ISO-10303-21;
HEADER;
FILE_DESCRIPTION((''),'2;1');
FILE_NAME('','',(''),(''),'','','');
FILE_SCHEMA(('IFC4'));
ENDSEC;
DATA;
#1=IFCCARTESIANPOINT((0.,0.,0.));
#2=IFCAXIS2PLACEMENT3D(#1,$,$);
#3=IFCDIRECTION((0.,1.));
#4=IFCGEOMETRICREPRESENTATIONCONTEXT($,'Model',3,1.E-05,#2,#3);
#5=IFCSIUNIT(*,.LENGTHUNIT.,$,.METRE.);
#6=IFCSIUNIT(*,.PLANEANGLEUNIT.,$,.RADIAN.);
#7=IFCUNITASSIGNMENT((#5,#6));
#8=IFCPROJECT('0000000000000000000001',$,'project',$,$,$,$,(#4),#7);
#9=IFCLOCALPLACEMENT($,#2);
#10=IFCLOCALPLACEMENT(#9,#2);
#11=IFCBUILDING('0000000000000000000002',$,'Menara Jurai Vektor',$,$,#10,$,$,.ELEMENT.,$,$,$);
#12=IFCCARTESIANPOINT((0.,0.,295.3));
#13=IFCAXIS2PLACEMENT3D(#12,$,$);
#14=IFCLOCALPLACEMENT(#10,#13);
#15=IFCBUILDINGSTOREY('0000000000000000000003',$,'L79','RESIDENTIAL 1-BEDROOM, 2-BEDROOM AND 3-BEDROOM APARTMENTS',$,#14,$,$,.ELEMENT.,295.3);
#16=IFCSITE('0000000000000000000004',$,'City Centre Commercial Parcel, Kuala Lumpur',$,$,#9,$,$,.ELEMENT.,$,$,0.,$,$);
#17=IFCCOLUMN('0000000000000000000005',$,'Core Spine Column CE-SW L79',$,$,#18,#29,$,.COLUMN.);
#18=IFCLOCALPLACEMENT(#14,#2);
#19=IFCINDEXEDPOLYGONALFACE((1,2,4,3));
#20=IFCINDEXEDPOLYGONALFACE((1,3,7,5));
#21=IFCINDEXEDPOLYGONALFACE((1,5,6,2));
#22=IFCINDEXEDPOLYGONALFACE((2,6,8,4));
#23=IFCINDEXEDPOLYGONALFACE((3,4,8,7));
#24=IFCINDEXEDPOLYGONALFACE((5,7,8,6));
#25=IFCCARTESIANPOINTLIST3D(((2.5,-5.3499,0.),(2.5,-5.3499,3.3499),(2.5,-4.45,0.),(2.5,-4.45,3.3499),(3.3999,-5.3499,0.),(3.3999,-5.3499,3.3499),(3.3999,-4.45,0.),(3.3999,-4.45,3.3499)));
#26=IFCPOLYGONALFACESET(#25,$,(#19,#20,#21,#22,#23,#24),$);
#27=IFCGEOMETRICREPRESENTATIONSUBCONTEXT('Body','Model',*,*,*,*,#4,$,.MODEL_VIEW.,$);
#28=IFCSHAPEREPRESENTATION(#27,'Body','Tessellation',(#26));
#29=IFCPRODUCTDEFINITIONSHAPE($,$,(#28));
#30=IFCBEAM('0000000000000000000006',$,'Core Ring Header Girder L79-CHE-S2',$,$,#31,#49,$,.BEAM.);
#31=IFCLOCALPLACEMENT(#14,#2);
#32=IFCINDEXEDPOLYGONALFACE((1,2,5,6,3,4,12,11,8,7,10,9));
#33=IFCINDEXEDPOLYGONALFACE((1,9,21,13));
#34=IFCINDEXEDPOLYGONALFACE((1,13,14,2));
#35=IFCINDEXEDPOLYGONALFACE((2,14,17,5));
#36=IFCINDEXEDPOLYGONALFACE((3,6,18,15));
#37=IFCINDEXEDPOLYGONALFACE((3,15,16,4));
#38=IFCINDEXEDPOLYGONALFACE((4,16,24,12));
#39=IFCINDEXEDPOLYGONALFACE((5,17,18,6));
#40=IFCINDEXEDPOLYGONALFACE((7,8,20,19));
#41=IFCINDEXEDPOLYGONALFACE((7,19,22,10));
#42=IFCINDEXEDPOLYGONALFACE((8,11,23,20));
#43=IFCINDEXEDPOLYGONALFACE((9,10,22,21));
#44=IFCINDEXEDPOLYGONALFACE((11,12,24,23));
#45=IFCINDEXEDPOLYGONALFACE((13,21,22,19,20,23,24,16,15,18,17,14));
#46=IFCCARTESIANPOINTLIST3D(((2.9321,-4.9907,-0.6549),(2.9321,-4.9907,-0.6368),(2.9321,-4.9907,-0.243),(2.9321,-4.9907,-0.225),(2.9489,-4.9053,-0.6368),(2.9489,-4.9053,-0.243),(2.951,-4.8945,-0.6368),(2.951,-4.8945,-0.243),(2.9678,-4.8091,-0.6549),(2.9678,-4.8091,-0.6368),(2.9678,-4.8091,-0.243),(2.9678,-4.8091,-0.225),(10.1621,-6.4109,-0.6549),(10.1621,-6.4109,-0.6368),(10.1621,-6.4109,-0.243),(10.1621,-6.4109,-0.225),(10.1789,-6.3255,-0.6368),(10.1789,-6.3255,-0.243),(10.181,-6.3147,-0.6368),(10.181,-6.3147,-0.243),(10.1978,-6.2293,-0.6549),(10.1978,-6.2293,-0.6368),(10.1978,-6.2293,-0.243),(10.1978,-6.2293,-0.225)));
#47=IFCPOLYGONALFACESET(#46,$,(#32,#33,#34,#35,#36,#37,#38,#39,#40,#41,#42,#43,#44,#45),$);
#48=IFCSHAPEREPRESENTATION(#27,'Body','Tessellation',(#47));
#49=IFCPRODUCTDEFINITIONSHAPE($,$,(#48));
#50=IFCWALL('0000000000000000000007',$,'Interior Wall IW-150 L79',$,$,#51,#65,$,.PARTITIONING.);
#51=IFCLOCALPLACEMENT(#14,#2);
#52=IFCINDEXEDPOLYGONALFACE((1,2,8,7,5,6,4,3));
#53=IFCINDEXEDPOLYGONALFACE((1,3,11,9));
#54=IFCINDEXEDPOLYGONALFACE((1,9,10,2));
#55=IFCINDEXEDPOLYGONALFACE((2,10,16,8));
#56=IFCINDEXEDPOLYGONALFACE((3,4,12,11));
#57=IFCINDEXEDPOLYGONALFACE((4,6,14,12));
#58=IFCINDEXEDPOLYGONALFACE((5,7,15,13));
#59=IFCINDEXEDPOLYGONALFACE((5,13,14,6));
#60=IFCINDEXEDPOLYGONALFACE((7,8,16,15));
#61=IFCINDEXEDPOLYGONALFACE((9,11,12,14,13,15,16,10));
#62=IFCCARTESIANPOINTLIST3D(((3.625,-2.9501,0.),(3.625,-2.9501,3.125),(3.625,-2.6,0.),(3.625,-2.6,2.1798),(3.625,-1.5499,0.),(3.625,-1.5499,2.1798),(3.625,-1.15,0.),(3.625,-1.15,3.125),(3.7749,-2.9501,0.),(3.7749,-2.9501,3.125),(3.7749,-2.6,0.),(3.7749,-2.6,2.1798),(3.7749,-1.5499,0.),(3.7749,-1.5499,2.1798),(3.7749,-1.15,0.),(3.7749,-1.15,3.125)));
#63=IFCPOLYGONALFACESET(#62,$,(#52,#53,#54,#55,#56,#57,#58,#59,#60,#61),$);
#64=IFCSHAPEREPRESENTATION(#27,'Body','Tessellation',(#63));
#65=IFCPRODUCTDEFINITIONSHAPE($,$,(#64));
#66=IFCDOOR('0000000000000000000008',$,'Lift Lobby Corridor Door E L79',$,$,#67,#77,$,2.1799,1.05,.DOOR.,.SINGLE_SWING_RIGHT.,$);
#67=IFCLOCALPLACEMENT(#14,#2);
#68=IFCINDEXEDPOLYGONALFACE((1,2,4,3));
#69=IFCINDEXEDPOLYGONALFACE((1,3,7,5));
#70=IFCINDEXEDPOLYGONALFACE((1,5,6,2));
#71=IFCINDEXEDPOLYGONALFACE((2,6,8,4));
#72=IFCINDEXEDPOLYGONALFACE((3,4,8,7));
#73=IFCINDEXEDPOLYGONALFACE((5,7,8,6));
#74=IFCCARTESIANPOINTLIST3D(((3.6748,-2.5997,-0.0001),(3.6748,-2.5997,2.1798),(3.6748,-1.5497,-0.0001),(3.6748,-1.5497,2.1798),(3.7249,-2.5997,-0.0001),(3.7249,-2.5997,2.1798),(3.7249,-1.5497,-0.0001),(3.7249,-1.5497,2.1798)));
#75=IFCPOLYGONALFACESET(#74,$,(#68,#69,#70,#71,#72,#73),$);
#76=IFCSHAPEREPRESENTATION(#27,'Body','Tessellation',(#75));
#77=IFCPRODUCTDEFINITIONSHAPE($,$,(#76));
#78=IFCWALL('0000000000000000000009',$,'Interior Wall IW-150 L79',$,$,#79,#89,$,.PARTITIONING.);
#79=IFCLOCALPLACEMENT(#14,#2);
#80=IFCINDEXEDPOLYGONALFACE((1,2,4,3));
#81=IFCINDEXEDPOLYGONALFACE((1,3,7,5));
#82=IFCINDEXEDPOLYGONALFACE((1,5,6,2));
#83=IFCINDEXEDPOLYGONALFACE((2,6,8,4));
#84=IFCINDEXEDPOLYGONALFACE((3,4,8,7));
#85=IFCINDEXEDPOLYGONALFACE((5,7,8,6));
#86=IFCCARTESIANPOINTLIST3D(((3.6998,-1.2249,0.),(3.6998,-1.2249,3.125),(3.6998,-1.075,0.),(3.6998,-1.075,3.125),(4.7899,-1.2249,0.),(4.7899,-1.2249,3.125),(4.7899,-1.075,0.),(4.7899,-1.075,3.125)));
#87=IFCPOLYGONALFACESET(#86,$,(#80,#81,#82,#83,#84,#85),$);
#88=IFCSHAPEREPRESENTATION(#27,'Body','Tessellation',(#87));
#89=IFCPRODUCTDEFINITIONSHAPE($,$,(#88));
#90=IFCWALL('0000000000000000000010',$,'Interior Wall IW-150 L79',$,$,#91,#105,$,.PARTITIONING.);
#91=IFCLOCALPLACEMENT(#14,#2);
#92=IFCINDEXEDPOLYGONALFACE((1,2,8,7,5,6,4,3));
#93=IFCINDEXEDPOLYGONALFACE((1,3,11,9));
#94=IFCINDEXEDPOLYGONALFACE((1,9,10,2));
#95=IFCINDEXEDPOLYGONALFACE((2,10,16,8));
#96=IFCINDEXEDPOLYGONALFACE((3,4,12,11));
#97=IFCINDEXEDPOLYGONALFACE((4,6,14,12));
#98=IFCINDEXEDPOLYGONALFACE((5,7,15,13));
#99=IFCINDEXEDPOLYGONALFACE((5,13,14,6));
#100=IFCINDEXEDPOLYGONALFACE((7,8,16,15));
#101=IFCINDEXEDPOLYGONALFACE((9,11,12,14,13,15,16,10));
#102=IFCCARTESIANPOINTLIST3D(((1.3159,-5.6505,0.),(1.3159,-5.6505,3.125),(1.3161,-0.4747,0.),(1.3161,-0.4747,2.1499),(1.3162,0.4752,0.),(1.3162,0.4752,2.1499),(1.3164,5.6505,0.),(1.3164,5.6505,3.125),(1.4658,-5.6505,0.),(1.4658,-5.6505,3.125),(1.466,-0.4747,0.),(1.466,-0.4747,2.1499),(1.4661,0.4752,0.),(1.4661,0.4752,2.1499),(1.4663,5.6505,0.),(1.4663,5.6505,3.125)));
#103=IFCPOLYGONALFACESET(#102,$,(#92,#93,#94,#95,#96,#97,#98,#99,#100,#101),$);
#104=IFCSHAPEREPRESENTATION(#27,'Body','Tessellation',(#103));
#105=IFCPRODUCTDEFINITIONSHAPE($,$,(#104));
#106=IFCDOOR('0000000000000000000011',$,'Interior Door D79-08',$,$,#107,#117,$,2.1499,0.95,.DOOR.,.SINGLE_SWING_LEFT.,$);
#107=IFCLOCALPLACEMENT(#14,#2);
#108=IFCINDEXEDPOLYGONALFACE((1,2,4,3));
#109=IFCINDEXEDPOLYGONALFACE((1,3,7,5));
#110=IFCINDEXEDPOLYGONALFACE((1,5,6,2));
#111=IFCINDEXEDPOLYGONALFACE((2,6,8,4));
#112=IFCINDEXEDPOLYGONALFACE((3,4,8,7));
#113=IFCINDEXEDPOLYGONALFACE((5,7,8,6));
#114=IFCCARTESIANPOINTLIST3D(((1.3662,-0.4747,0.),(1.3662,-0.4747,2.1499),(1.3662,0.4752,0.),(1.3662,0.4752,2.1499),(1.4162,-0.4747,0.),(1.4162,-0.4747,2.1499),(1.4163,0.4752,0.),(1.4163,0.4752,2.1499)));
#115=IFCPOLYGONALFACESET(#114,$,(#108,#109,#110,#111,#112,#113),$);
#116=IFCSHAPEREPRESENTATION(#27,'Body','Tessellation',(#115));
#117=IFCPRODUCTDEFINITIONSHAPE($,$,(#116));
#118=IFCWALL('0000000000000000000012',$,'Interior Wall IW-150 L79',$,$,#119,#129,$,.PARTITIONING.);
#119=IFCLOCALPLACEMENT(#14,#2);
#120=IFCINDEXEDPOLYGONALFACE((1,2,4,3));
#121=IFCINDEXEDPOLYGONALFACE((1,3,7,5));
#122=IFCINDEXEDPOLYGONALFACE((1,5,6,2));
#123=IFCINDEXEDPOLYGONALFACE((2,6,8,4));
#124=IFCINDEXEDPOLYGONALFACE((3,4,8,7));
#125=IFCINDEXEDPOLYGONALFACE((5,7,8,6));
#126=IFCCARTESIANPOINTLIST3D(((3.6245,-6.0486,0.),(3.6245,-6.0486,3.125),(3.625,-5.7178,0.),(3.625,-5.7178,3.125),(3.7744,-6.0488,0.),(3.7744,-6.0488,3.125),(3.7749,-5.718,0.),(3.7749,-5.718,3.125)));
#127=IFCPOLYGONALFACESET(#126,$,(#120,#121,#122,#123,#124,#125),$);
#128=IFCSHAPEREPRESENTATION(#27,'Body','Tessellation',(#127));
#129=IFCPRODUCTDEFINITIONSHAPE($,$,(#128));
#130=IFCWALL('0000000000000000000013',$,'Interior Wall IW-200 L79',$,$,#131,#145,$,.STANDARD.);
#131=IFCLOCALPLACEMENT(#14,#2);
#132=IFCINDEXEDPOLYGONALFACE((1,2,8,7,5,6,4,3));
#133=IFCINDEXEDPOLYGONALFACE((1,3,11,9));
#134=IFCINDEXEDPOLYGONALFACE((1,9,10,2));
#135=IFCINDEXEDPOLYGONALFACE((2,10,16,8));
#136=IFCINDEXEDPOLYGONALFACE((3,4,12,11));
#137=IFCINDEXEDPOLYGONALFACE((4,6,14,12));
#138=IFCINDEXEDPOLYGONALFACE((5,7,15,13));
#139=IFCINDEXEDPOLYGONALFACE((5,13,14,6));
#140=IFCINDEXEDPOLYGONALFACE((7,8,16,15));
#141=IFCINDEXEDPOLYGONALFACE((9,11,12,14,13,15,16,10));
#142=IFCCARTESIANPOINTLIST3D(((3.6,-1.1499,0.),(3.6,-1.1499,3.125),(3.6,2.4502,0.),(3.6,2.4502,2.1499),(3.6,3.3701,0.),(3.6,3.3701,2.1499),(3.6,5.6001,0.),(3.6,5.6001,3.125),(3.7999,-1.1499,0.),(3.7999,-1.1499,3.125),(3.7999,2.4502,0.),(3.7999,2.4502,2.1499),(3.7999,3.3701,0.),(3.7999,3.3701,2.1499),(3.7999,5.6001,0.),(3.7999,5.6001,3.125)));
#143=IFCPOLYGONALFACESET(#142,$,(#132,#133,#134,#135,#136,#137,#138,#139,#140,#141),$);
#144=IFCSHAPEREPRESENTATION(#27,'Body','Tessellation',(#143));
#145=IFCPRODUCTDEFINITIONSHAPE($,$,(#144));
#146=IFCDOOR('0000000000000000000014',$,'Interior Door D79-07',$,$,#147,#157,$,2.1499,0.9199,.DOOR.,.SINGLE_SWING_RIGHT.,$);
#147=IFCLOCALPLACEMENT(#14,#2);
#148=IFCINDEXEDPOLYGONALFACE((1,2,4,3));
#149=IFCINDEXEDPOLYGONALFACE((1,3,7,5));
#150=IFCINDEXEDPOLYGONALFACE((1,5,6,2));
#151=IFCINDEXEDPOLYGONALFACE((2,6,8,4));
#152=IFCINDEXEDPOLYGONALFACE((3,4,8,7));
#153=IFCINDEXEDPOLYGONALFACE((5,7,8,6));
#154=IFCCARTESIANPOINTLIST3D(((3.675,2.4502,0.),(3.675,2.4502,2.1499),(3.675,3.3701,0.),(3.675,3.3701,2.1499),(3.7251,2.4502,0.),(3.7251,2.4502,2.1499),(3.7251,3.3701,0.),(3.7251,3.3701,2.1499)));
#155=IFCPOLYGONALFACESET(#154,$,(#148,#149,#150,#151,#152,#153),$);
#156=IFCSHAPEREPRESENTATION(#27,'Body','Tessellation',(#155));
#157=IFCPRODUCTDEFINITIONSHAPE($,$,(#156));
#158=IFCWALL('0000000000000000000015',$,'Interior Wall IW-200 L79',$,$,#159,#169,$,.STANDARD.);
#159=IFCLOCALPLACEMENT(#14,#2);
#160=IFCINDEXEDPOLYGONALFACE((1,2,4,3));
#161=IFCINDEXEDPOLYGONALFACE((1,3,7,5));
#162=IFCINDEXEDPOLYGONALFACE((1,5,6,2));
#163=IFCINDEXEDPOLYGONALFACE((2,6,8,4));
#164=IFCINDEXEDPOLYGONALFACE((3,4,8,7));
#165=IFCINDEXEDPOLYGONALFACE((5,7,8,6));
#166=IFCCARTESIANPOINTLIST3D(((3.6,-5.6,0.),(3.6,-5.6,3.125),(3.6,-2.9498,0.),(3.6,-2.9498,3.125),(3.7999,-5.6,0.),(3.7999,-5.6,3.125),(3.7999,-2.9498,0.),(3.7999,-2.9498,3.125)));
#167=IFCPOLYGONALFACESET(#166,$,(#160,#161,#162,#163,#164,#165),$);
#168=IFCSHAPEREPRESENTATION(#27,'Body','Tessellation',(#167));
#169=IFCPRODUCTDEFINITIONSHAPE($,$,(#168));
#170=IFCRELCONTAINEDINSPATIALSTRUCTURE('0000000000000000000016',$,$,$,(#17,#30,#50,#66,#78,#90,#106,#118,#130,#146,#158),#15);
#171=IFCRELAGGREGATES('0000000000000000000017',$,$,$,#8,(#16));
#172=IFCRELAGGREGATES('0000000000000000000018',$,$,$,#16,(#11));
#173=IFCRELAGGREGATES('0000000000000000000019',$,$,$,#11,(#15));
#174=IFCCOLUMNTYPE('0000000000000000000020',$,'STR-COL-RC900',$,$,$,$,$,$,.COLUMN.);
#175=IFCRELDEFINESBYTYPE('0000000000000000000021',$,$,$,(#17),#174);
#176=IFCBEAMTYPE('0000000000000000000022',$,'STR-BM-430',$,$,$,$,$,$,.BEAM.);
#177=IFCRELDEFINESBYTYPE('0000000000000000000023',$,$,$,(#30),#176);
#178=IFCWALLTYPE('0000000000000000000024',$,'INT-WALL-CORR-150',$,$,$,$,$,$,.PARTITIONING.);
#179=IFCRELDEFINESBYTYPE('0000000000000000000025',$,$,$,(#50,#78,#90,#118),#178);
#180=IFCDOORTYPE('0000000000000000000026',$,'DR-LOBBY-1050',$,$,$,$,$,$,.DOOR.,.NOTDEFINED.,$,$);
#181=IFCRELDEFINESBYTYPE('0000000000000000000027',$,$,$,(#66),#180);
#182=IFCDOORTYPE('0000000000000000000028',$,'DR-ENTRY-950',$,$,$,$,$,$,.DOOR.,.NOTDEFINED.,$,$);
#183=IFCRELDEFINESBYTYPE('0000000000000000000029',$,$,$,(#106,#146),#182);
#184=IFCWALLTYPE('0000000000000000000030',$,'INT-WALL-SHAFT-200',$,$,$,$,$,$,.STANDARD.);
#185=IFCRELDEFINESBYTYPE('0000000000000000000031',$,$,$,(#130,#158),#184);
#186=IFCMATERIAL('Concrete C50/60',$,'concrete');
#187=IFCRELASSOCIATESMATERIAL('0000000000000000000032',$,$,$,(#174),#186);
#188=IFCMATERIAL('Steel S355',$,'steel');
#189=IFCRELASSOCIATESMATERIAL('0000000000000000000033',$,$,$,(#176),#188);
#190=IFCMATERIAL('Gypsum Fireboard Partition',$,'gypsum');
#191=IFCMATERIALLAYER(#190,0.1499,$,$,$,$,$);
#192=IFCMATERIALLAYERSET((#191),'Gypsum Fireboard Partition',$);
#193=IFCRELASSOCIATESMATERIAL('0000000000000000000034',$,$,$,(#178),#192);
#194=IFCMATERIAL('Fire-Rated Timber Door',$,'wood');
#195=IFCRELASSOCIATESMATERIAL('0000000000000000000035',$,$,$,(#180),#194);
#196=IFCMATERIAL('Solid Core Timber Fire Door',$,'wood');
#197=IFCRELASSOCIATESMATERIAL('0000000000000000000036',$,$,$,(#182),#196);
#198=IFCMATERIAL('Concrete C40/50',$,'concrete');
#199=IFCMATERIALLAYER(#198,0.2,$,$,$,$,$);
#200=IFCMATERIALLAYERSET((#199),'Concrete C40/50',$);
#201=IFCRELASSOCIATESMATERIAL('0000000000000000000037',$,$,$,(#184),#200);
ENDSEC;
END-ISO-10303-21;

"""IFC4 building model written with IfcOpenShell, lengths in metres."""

from ifc_helpers import new_model, si_unit, direction, frame, frame_2d, origin, origin_2d, place, context, subcontext, project, spatial, rectangle, i_section, extrude, material, layer, layer_set, material_profile, profile_set, type_object, element, fill, save


model = new_model("IFC4")

# Units and contexts
model_context = context("Model", 3, precision=1e-05, world=origin(), true_north=direction((0.0, 1.0)))
body_context = subcontext(model_context, "Body", "Model", "MODEL_VIEW")
ifc_project = project(units=[si_unit("LENGTHUNIT", "METRE"), si_unit("PLANEANGLEUNIT", "RADIAN")], contexts=[model_context])

# Site, building, storey
site_placement = place(None, origin())
site = spatial("IfcSite", under=ifc_project, at=site_placement, Name="City Centre Commercial Parcel, Kuala Lumpur", CompositionType="ELEMENT", RefElevation=0.0)
building_placement = place(site_placement, origin())
building = spatial("IfcBuilding", under=site, at=building_placement, Name="Menara Jurai Vektor", CompositionType="ELEMENT")
storey_placement = place(building_placement, frame((0.0, 0.0, 295.3)))
storey = spatial("IfcBuildingStorey", under=building, at=storey_placement, Name="L79", Description="RESIDENTIAL 1-BEDROOM, 2-BEDROOM AND 3-BEDROOM APARTMENTS", CompositionType="ELEMENT", Elevation=295.3)

# Column
ifc_material_1 = material(Name="Concrete C50/60", Category="concrete")
ifc_material_profile_1 = material_profile(ifc_material_1, rectangle(XDim=0.8999, YDim=0.8999, at=origin_2d()), Name="RC 900x900")
ifc_profile_set_1 = profile_set([ifc_material_profile_1], Name="Concrete C50/60")
column_type = type_object("IfcColumnType", Name="STR-COL-RC900", PredefinedType="COLUMN", material=ifc_profile_set_1)
column_placement = place(storey_placement, frame((2.95, -4.8999, 0.0), z_axis=(0.0, 0.0, 1.0), x_axis=(1.0, 0.0, 0.0)))
element("IfcColumn", 1, at=column_placement, inside=storey, type_object=column_type, Name="Core Spine Column CE-SW L79", PredefinedType="COLUMN", context=body_context, shape_type="SweptSolid", body=[
    extrude(rectangle(XDim=0.8999, YDim=0.8999, at=origin_2d()), origin(), (0.0, 0.0, 1.0), 3.3499),
])

# Beam
ifc_material_2 = material(Name="Steel S355", Category="steel")
ifc_material_profile_2 = material_profile(ifc_material_2, i_section(OverallWidth=0.1851, OverallDepth=0.4299, WebThickness=0.011, FlangeThickness=0.0181, at=origin_2d()), Name="PG 430x185x76")
ifc_profile_set_2 = profile_set([ifc_material_profile_2], Name="Steel S355")
beam_type = type_object("IfcBeamType", Name="STR-BM-430", PredefinedType="BEAM", material=ifc_profile_set_2)
beam_placement = place(storey_placement, frame((2.95, -4.8999, -0.4399), z_axis=(0.981249, -0.192744, 0.0), x_axis=(0.192744, 0.981249, 0.0)))
element("IfcBeam", 2, at=beam_placement, inside=storey, type_object=beam_type, Name="Core Ring Header Girder L79-CHE-S2", PredefinedType="BEAM", context=body_context, shape_type="SweptSolid", body=[
    extrude(i_section(OverallWidth=0.1851, OverallDepth=0.4299, WebThickness=0.011, FlangeThickness=0.0181, at=origin_2d()), origin(), (0.0, 0.0, 1.0), 7.3682),
])

# Wall, opening, door
ifc_material_3 = material(Name="Gypsum Fireboard Partition", Category="gypsum")
ifc_layer_1 = layer(ifc_material_3, 0.1499)
ifc_layer_set_1 = layer_set([ifc_layer_1], Name="Gypsum Fireboard Partition")
wall_type_1 = type_object("IfcWallType", Name="INT-WALL-CORR-150", PredefinedType="PARTITIONING", material=ifc_layer_set_1)
wall_1_placement = place(storey_placement, frame((3.7, -2.95, 0.0), z_axis=(0.0, 0.0, 1.0), x_axis=(0.0, 1.0, 0.0)))
wall_1 = element("IfcWall", 3, at=wall_1_placement, inside=storey, type_object=wall_type_1, Name="Interior Wall IW-150 L79", PredefinedType="PARTITIONING", context=body_context, shape_type="SweptSolid", body=[
    extrude(rectangle(XDim=1.8, YDim=0.1499, at=frame_2d((0.8999, 0.0))), origin(), (0.0, 0.0, 1.0), 3.125),
])
opening_1_placement = place(wall_1_placement, frame((0.3501, 0.0, 0.0)))
opening_1 = element("IfcOpeningElement", 4, at=opening_1_placement, cuts=wall_1, PredefinedType="OPENING", context=body_context, shape_type="SweptSolid", body=[
    extrude(rectangle(XDim=1.05, YDim=2.1799, at=frame_2d((0.5249, 1.0898))), frame((0.0, 0.085, 0.0), z_axis=(0.0, -1.0, 0.0), x_axis=(1.0, 0.0, 0.0)), (0.0, 0.0, 1.0), 0.1699),
])
ifc_material_4 = material(Name="Fire-Rated Timber Door", Category="wood")
door_type_1 = type_object("IfcDoorType", Name="DR-LOBBY-1050", OperationType="NOTDEFINED", PredefinedType="DOOR", material=ifc_material_4)
door_1_placement = place(opening_1_placement, frame((1.05, 0.0, 0.0), z_axis=(0.0, 0.0, 1.0), x_axis=(-1.0, 0.0, 0.0)))
door_1 = element("IfcDoor", 5, at=door_1_placement, inside=storey, type_object=door_type_1, Name="Lift Lobby Corridor Door E L79", OperationType="SINGLE_SWING_RIGHT", OverallHeight=2.1799, OverallWidth=1.05, PredefinedType="DOOR", context=body_context, shape_type="SweptSolid", body=[
    extrude(rectangle(XDim=1.05, YDim=2.1799, at=frame_2d((0.5249, 1.0898))), frame((0.0, 0.0249, 0.0), z_axis=(0.0, -1.0, 0.0), x_axis=(1.0, 0.0, 0.0)), (0.0, 0.0, 1.0), 0.05),
])
fill(opening_1, door_1)

# Wall
wall_2_placement = place(storey_placement, frame((3.7, -1.1499, 0.0), z_axis=(0.0, 0.0, 1.0), x_axis=(1.0, 0.0, 0.0)))
element("IfcWall", 6, at=wall_2_placement, inside=storey, type_object=wall_type_1, Name="Interior Wall IW-150 L79", PredefinedType="PARTITIONING", context=body_context, shape_type="SweptSolid", body=[
    extrude(rectangle(XDim=1.0901, YDim=0.1499, at=frame_2d((0.5449, 0.0))), origin(), (0.0, 0.0, 1.0), 3.125),
])

# Wall, opening, door
wall_3_placement = place(storey_placement, frame((1.3909, -5.6504, 0.0), z_axis=(0.0, 0.0, 1.0), x_axis=(0.000043, 1.0, 0.0)))
wall_3 = element("IfcWall", 7, at=wall_3_placement, inside=storey, type_object=wall_type_1, Name="Interior Wall IW-150 L79", PredefinedType="PARTITIONING", context=body_context, shape_type="SweptSolid", body=[
    extrude(rectangle(XDim=11.301, YDim=0.1499, at=frame_2d((5.6504, 0.0))), origin(), (0.0, 0.0, 1.0), 3.125),
])
opening_2_placement = place(wall_3_placement, frame((5.1755, 0.0, 0.0)))
opening_2 = element("IfcOpeningElement", 8, at=opening_2_placement, cuts=wall_3, PredefinedType="OPENING", context=body_context, shape_type="SweptSolid", body=[
    extrude(rectangle(XDim=0.95, YDim=2.1499, at=frame_2d((0.4751, 1.075))), frame((0.0, 0.085, 0.0), z_axis=(0.0, -1.0, 0.0), x_axis=(1.0, 0.0, 0.0)), (0.0, 0.0, 1.0), 0.1699),
])
ifc_material_5 = material(Name="Solid Core Timber Fire Door", Category="wood")
door_type_2 = type_object("IfcDoorType", Name="DR-ENTRY-950", OperationType="NOTDEFINED", PredefinedType="DOOR", material=ifc_material_5)
door_2_placement = place(opening_2_placement, origin())
door_2 = element("IfcDoor", 9, at=door_2_placement, inside=storey, type_object=door_type_2, Name="Interior Door D79-08", OperationType="SINGLE_SWING_LEFT", OverallHeight=2.1499, OverallWidth=0.95, PredefinedType="DOOR", context=body_context, shape_type="SweptSolid", body=[
    extrude(rectangle(XDim=0.95, YDim=2.1499, at=frame_2d((0.4751, 1.075))), frame((0.0, 0.0249, 0.0), z_axis=(0.0, -1.0, 0.0), x_axis=(1.0, 0.0, 0.0)), (0.0, 0.0, 1.0), 0.05),
])
fill(opening_2, door_2)

# Wall
wall_4_placement = place(storey_placement, frame((3.6995, -6.0488, 0.0), z_axis=(0.0, 0.0, 1.0), x_axis=(0.001476, 0.999999, 0.0)))
element("IfcWall", 10, at=wall_4_placement, inside=storey, type_object=wall_type_1, Name="Interior Wall IW-150 L79", PredefinedType="PARTITIONING", context=body_context, shape_type="SweptSolid", body=[
    extrude(rectangle(XDim=0.3308, YDim=0.1499, at=frame_2d((0.1655, 0.0))), origin(), (0.0, 0.0, 1.0), 3.125),
])

# Wall, opening, door
ifc_material_6 = material(Name="Concrete C40/50", Category="concrete")
ifc_layer_2 = layer(ifc_material_6, 0.2)
ifc_layer_set_2 = layer_set([ifc_layer_2], Name="Concrete C40/50")
wall_type_2 = type_object("IfcWallType", Name="INT-WALL-SHAFT-200", PredefinedType="STANDARD", material=ifc_layer_set_2)
wall_5_placement = place(storey_placement, frame((3.7, -1.1499, 0.0), z_axis=(0.0, 0.0, 1.0), x_axis=(0.0, 1.0, 0.0)))
wall_5 = element("IfcWall", 11, at=wall_5_placement, inside=storey, type_object=wall_type_2, Name="Interior Wall IW-200 L79", PredefinedType="STANDARD", context=body_context, shape_type="SweptSolid", body=[
    extrude(rectangle(XDim=6.75, YDim=0.2, at=frame_2d((3.375, 0.0))), origin(), (0.0, 0.0, 1.0), 3.125),
])
opening_3_placement = place(wall_5_placement, frame((3.6001, 0.0, 0.0)))
opening_3 = element("IfcOpeningElement", 12, at=opening_3_placement, cuts=wall_5, PredefinedType="OPENING", context=body_context, shape_type="SweptSolid", body=[
    extrude(rectangle(XDim=0.9199, YDim=2.1499, at=frame_2d((0.46, 1.075))), frame((0.0, 0.1099, 0.0), z_axis=(0.0, -1.0, 0.0), x_axis=(1.0, 0.0, 0.0)), (0.0, 0.0, 1.0), 0.22),
])
door_3_placement = place(opening_3_placement, origin())
door_3 = element("IfcDoor", 13, at=door_3_placement, inside=storey, type_object=door_type_2, Name="Interior Door D79-07", OperationType="SINGLE_SWING_RIGHT", OverallHeight=2.1499, OverallWidth=0.9199, PredefinedType="DOOR", context=body_context, shape_type="SweptSolid", body=[
    extrude(rectangle(XDim=0.9199, YDim=2.1499, at=frame_2d((0.46, 1.075))), frame((0.0, 0.0249, 0.0), z_axis=(0.0, -1.0, 0.0), x_axis=(1.0, 0.0, 0.0)), (0.0, 0.0, 1.0), 0.05),
])
fill(opening_3, door_3)

# Wall
wall_6_placement = place(storey_placement, frame((3.7, -5.6001, 0.0), z_axis=(0.0, 0.0, 1.0), x_axis=(0.0, 1.0, 0.0)))
element("IfcWall", 14, at=wall_6_placement, inside=storey, type_object=wall_type_2, Name="Interior Wall IW-200 L79", PredefinedType="STANDARD", context=body_context, shape_type="SweptSolid", body=[
    extrude(rectangle(XDim=2.6501, YDim=0.2, at=frame_2d((1.3252, 0.0))), origin(), (0.0, 0.0, 1.0), 3.125),
])

save(model, "model.ifc")
